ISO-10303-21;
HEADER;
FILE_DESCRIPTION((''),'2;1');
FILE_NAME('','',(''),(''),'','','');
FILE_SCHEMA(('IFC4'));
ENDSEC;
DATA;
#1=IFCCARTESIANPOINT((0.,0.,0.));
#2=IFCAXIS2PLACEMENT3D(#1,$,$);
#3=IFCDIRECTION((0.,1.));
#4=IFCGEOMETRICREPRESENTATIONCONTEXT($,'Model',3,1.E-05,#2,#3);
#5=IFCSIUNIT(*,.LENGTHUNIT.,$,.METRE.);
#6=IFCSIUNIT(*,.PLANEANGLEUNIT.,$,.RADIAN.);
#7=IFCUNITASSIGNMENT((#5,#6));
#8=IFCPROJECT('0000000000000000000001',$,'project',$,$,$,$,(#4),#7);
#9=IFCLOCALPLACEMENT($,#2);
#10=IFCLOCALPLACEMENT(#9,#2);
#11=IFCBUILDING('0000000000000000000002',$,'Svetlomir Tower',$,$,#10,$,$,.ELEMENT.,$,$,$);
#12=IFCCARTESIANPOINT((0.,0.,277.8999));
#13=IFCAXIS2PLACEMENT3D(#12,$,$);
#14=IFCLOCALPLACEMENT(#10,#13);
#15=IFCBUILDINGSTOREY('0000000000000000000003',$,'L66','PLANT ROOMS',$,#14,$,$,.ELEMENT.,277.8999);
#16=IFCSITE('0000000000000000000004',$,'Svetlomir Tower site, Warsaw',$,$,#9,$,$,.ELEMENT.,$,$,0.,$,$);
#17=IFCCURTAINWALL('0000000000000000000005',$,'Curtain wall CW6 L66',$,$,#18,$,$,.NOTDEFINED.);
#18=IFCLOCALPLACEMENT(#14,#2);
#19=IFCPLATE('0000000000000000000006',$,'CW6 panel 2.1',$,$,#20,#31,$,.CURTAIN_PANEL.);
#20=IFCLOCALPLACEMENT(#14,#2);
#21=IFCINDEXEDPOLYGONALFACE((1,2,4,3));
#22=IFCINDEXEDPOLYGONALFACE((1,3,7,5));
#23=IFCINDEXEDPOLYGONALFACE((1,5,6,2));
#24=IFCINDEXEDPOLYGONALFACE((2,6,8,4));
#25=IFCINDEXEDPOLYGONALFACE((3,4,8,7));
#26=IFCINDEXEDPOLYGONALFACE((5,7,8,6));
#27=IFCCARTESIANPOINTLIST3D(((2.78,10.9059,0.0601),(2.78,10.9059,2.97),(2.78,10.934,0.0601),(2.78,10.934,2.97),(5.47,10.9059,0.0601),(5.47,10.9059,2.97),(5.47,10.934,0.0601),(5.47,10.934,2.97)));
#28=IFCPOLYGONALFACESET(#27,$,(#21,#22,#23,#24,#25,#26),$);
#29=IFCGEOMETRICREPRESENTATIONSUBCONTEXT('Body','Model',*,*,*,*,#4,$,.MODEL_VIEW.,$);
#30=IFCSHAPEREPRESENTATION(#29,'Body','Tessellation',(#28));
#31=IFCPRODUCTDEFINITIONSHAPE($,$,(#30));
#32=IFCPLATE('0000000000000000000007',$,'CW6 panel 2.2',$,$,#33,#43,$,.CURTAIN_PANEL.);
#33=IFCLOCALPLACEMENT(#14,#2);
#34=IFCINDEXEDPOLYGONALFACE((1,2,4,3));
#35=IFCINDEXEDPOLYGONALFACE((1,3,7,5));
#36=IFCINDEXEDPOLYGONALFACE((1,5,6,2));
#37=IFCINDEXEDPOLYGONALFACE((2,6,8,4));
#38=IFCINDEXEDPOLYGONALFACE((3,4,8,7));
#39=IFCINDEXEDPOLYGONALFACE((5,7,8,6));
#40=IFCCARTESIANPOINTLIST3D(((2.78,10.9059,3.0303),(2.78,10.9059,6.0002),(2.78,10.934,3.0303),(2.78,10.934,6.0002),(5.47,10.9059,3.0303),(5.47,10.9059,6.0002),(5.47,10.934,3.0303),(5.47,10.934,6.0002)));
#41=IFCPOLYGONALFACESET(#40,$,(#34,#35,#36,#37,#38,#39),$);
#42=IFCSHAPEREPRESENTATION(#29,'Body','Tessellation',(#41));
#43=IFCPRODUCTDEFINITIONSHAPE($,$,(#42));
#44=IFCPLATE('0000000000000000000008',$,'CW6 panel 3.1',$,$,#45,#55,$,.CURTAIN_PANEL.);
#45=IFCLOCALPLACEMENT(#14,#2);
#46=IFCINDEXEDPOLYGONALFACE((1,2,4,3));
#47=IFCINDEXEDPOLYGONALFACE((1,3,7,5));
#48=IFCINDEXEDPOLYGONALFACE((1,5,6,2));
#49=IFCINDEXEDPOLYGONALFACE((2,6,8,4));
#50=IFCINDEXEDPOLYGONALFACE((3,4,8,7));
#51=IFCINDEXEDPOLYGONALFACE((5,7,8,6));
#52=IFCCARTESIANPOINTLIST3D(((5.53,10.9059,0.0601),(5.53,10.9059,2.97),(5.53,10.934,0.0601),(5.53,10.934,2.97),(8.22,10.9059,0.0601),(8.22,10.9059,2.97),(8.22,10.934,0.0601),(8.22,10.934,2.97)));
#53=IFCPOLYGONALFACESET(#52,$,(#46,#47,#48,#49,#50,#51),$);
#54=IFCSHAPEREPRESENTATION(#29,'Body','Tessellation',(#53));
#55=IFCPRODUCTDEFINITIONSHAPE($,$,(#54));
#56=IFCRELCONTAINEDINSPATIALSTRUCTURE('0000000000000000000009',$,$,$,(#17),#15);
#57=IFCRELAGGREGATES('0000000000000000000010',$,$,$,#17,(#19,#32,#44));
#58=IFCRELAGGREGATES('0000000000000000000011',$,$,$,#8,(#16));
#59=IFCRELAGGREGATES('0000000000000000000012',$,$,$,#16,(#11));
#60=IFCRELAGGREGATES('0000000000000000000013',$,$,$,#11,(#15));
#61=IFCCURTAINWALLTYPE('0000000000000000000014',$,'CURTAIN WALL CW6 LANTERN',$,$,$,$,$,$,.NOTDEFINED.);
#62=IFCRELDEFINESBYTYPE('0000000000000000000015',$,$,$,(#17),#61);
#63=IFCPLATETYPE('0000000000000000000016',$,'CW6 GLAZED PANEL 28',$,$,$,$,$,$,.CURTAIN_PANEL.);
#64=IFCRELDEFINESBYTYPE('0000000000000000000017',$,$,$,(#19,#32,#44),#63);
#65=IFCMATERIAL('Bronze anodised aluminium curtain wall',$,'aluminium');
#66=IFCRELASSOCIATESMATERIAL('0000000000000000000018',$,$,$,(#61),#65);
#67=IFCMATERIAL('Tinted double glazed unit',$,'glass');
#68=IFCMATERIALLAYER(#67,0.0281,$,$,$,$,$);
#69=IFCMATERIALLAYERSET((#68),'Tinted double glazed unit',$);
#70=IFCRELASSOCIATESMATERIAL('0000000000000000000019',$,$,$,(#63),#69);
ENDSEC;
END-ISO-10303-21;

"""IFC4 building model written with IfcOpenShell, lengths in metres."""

from ifc_helpers import new_model, si_unit, direction, frame, origin, origin_2d, place, context, subcontext, project, spatial, rectangle, extrude, material, layer, layer_set, type_object, element, aggregate, save


model = new_model("IFC4")

# Units and contexts
model_context = context("Model", 3, precision=1e-05, world=origin(), true_north=direction((0.0, 1.0)))
body_context = subcontext(model_context, "Body", "Model", "MODEL_VIEW")
ifc_project = project(units=[si_unit("LENGTHUNIT", "METRE"), si_unit("PLANEANGLEUNIT", "RADIAN")], contexts=[model_context])

# Site, building, storey
site_placement = place(None, origin())
site = spatial("IfcSite", under=ifc_project, at=site_placement, Name="Svetlomir Tower site, Warsaw", CompositionType="ELEMENT", RefElevation=0.0)
building_placement = place(site_placement, origin())
building = spatial("IfcBuilding", under=site, at=building_placement, Name="Svetlomir Tower", CompositionType="ELEMENT")
storey_placement = place(building_placement, frame((0.0, 0.0, 277.8999)))
storey = spatial("IfcBuildingStorey", under=building, at=storey_placement, Name="L66", Description="PLANT ROOMS", CompositionType="ELEMENT", Elevation=277.8999)

# Curtain wall
ifc_material_1 = material(Name="Bronze anodised aluminium curtain wall", Category="aluminium")
curtain_wall_type = type_object("IfcCurtainWallType", Name="CURTAIN WALL CW6 LANTERN", PredefinedType="NOTDEFINED", material=ifc_material_1)
curtain_wall_1_placement = place(storey_placement, origin())
curtain_wall_1 = element("IfcCurtainWall", 1, at=curtain_wall_1_placement, inside=storey, type_object=curtain_wall_type, Name="Curtain wall CW6 L66", PredefinedType="NOTDEFINED")

# Plates
ifc_material_2 = material(Name="Tinted double glazed unit", Category="glass")
ifc_layer = layer(ifc_material_2, 0.0281)
ifc_layer_set = layer_set([ifc_layer], Name="Tinted double glazed unit")
plate_type = type_object("IfcPlateType", Name="CW6 GLAZED PANEL 28", PredefinedType="CURTAIN_PANEL", material=ifc_layer_set)
plate_1_placement = place(storey_placement, frame((4.125, 10.9199, 0.0601), z_axis=(0.0, 0.0, 1.0), x_axis=(1.0, 0.0, 0.0)))
plate_1 = element("IfcPlate", 2, at=plate_1_placement, type_object=plate_type, Name="CW6 panel 2.1", PredefinedType="CURTAIN_PANEL", context=body_context, shape_type="SweptSolid", body=[
    extrude(rectangle(XDim=2.6899, YDim=0.0281, at=origin_2d()), origin(), (0.0, 0.0, 1.0), 2.9099),
])
plate_2_placement = place(storey_placement, frame((4.125, 10.9199, 3.0303), z_axis=(0.0, 0.0, 1.0), x_axis=(1.0, 0.0, 0.0)))
plate_2 = element("IfcPlate", 3, at=plate_2_placement, type_object=plate_type, Name="CW6 panel 2.2", PredefinedType="CURTAIN_PANEL", context=body_context, shape_type="SweptSolid", body=[
    extrude(rectangle(XDim=2.6899, YDim=0.0281, at=origin_2d()), origin(), (0.0, 0.0, 1.0), 2.97),
])
plate_3_placement = place(storey_placement, frame((6.875, 10.9199, 0.0601), z_axis=(0.0, 0.0, 1.0), x_axis=(1.0, 0.0, 0.0)))
plate_3 = element("IfcPlate", 4, at=plate_3_placement, type_object=plate_type, Name="CW6 panel 3.1", PredefinedType="CURTAIN_PANEL", context=body_context, shape_type="SweptSolid", body=[
    extrude(rectangle(XDim=2.6899, YDim=0.0281, at=origin_2d()), origin(), (0.0, 0.0, 1.0), 2.9099),
])
aggregate(curtain_wall_1, [plate_1, plate_2, plate_3])

save(model, "model.ifc")
